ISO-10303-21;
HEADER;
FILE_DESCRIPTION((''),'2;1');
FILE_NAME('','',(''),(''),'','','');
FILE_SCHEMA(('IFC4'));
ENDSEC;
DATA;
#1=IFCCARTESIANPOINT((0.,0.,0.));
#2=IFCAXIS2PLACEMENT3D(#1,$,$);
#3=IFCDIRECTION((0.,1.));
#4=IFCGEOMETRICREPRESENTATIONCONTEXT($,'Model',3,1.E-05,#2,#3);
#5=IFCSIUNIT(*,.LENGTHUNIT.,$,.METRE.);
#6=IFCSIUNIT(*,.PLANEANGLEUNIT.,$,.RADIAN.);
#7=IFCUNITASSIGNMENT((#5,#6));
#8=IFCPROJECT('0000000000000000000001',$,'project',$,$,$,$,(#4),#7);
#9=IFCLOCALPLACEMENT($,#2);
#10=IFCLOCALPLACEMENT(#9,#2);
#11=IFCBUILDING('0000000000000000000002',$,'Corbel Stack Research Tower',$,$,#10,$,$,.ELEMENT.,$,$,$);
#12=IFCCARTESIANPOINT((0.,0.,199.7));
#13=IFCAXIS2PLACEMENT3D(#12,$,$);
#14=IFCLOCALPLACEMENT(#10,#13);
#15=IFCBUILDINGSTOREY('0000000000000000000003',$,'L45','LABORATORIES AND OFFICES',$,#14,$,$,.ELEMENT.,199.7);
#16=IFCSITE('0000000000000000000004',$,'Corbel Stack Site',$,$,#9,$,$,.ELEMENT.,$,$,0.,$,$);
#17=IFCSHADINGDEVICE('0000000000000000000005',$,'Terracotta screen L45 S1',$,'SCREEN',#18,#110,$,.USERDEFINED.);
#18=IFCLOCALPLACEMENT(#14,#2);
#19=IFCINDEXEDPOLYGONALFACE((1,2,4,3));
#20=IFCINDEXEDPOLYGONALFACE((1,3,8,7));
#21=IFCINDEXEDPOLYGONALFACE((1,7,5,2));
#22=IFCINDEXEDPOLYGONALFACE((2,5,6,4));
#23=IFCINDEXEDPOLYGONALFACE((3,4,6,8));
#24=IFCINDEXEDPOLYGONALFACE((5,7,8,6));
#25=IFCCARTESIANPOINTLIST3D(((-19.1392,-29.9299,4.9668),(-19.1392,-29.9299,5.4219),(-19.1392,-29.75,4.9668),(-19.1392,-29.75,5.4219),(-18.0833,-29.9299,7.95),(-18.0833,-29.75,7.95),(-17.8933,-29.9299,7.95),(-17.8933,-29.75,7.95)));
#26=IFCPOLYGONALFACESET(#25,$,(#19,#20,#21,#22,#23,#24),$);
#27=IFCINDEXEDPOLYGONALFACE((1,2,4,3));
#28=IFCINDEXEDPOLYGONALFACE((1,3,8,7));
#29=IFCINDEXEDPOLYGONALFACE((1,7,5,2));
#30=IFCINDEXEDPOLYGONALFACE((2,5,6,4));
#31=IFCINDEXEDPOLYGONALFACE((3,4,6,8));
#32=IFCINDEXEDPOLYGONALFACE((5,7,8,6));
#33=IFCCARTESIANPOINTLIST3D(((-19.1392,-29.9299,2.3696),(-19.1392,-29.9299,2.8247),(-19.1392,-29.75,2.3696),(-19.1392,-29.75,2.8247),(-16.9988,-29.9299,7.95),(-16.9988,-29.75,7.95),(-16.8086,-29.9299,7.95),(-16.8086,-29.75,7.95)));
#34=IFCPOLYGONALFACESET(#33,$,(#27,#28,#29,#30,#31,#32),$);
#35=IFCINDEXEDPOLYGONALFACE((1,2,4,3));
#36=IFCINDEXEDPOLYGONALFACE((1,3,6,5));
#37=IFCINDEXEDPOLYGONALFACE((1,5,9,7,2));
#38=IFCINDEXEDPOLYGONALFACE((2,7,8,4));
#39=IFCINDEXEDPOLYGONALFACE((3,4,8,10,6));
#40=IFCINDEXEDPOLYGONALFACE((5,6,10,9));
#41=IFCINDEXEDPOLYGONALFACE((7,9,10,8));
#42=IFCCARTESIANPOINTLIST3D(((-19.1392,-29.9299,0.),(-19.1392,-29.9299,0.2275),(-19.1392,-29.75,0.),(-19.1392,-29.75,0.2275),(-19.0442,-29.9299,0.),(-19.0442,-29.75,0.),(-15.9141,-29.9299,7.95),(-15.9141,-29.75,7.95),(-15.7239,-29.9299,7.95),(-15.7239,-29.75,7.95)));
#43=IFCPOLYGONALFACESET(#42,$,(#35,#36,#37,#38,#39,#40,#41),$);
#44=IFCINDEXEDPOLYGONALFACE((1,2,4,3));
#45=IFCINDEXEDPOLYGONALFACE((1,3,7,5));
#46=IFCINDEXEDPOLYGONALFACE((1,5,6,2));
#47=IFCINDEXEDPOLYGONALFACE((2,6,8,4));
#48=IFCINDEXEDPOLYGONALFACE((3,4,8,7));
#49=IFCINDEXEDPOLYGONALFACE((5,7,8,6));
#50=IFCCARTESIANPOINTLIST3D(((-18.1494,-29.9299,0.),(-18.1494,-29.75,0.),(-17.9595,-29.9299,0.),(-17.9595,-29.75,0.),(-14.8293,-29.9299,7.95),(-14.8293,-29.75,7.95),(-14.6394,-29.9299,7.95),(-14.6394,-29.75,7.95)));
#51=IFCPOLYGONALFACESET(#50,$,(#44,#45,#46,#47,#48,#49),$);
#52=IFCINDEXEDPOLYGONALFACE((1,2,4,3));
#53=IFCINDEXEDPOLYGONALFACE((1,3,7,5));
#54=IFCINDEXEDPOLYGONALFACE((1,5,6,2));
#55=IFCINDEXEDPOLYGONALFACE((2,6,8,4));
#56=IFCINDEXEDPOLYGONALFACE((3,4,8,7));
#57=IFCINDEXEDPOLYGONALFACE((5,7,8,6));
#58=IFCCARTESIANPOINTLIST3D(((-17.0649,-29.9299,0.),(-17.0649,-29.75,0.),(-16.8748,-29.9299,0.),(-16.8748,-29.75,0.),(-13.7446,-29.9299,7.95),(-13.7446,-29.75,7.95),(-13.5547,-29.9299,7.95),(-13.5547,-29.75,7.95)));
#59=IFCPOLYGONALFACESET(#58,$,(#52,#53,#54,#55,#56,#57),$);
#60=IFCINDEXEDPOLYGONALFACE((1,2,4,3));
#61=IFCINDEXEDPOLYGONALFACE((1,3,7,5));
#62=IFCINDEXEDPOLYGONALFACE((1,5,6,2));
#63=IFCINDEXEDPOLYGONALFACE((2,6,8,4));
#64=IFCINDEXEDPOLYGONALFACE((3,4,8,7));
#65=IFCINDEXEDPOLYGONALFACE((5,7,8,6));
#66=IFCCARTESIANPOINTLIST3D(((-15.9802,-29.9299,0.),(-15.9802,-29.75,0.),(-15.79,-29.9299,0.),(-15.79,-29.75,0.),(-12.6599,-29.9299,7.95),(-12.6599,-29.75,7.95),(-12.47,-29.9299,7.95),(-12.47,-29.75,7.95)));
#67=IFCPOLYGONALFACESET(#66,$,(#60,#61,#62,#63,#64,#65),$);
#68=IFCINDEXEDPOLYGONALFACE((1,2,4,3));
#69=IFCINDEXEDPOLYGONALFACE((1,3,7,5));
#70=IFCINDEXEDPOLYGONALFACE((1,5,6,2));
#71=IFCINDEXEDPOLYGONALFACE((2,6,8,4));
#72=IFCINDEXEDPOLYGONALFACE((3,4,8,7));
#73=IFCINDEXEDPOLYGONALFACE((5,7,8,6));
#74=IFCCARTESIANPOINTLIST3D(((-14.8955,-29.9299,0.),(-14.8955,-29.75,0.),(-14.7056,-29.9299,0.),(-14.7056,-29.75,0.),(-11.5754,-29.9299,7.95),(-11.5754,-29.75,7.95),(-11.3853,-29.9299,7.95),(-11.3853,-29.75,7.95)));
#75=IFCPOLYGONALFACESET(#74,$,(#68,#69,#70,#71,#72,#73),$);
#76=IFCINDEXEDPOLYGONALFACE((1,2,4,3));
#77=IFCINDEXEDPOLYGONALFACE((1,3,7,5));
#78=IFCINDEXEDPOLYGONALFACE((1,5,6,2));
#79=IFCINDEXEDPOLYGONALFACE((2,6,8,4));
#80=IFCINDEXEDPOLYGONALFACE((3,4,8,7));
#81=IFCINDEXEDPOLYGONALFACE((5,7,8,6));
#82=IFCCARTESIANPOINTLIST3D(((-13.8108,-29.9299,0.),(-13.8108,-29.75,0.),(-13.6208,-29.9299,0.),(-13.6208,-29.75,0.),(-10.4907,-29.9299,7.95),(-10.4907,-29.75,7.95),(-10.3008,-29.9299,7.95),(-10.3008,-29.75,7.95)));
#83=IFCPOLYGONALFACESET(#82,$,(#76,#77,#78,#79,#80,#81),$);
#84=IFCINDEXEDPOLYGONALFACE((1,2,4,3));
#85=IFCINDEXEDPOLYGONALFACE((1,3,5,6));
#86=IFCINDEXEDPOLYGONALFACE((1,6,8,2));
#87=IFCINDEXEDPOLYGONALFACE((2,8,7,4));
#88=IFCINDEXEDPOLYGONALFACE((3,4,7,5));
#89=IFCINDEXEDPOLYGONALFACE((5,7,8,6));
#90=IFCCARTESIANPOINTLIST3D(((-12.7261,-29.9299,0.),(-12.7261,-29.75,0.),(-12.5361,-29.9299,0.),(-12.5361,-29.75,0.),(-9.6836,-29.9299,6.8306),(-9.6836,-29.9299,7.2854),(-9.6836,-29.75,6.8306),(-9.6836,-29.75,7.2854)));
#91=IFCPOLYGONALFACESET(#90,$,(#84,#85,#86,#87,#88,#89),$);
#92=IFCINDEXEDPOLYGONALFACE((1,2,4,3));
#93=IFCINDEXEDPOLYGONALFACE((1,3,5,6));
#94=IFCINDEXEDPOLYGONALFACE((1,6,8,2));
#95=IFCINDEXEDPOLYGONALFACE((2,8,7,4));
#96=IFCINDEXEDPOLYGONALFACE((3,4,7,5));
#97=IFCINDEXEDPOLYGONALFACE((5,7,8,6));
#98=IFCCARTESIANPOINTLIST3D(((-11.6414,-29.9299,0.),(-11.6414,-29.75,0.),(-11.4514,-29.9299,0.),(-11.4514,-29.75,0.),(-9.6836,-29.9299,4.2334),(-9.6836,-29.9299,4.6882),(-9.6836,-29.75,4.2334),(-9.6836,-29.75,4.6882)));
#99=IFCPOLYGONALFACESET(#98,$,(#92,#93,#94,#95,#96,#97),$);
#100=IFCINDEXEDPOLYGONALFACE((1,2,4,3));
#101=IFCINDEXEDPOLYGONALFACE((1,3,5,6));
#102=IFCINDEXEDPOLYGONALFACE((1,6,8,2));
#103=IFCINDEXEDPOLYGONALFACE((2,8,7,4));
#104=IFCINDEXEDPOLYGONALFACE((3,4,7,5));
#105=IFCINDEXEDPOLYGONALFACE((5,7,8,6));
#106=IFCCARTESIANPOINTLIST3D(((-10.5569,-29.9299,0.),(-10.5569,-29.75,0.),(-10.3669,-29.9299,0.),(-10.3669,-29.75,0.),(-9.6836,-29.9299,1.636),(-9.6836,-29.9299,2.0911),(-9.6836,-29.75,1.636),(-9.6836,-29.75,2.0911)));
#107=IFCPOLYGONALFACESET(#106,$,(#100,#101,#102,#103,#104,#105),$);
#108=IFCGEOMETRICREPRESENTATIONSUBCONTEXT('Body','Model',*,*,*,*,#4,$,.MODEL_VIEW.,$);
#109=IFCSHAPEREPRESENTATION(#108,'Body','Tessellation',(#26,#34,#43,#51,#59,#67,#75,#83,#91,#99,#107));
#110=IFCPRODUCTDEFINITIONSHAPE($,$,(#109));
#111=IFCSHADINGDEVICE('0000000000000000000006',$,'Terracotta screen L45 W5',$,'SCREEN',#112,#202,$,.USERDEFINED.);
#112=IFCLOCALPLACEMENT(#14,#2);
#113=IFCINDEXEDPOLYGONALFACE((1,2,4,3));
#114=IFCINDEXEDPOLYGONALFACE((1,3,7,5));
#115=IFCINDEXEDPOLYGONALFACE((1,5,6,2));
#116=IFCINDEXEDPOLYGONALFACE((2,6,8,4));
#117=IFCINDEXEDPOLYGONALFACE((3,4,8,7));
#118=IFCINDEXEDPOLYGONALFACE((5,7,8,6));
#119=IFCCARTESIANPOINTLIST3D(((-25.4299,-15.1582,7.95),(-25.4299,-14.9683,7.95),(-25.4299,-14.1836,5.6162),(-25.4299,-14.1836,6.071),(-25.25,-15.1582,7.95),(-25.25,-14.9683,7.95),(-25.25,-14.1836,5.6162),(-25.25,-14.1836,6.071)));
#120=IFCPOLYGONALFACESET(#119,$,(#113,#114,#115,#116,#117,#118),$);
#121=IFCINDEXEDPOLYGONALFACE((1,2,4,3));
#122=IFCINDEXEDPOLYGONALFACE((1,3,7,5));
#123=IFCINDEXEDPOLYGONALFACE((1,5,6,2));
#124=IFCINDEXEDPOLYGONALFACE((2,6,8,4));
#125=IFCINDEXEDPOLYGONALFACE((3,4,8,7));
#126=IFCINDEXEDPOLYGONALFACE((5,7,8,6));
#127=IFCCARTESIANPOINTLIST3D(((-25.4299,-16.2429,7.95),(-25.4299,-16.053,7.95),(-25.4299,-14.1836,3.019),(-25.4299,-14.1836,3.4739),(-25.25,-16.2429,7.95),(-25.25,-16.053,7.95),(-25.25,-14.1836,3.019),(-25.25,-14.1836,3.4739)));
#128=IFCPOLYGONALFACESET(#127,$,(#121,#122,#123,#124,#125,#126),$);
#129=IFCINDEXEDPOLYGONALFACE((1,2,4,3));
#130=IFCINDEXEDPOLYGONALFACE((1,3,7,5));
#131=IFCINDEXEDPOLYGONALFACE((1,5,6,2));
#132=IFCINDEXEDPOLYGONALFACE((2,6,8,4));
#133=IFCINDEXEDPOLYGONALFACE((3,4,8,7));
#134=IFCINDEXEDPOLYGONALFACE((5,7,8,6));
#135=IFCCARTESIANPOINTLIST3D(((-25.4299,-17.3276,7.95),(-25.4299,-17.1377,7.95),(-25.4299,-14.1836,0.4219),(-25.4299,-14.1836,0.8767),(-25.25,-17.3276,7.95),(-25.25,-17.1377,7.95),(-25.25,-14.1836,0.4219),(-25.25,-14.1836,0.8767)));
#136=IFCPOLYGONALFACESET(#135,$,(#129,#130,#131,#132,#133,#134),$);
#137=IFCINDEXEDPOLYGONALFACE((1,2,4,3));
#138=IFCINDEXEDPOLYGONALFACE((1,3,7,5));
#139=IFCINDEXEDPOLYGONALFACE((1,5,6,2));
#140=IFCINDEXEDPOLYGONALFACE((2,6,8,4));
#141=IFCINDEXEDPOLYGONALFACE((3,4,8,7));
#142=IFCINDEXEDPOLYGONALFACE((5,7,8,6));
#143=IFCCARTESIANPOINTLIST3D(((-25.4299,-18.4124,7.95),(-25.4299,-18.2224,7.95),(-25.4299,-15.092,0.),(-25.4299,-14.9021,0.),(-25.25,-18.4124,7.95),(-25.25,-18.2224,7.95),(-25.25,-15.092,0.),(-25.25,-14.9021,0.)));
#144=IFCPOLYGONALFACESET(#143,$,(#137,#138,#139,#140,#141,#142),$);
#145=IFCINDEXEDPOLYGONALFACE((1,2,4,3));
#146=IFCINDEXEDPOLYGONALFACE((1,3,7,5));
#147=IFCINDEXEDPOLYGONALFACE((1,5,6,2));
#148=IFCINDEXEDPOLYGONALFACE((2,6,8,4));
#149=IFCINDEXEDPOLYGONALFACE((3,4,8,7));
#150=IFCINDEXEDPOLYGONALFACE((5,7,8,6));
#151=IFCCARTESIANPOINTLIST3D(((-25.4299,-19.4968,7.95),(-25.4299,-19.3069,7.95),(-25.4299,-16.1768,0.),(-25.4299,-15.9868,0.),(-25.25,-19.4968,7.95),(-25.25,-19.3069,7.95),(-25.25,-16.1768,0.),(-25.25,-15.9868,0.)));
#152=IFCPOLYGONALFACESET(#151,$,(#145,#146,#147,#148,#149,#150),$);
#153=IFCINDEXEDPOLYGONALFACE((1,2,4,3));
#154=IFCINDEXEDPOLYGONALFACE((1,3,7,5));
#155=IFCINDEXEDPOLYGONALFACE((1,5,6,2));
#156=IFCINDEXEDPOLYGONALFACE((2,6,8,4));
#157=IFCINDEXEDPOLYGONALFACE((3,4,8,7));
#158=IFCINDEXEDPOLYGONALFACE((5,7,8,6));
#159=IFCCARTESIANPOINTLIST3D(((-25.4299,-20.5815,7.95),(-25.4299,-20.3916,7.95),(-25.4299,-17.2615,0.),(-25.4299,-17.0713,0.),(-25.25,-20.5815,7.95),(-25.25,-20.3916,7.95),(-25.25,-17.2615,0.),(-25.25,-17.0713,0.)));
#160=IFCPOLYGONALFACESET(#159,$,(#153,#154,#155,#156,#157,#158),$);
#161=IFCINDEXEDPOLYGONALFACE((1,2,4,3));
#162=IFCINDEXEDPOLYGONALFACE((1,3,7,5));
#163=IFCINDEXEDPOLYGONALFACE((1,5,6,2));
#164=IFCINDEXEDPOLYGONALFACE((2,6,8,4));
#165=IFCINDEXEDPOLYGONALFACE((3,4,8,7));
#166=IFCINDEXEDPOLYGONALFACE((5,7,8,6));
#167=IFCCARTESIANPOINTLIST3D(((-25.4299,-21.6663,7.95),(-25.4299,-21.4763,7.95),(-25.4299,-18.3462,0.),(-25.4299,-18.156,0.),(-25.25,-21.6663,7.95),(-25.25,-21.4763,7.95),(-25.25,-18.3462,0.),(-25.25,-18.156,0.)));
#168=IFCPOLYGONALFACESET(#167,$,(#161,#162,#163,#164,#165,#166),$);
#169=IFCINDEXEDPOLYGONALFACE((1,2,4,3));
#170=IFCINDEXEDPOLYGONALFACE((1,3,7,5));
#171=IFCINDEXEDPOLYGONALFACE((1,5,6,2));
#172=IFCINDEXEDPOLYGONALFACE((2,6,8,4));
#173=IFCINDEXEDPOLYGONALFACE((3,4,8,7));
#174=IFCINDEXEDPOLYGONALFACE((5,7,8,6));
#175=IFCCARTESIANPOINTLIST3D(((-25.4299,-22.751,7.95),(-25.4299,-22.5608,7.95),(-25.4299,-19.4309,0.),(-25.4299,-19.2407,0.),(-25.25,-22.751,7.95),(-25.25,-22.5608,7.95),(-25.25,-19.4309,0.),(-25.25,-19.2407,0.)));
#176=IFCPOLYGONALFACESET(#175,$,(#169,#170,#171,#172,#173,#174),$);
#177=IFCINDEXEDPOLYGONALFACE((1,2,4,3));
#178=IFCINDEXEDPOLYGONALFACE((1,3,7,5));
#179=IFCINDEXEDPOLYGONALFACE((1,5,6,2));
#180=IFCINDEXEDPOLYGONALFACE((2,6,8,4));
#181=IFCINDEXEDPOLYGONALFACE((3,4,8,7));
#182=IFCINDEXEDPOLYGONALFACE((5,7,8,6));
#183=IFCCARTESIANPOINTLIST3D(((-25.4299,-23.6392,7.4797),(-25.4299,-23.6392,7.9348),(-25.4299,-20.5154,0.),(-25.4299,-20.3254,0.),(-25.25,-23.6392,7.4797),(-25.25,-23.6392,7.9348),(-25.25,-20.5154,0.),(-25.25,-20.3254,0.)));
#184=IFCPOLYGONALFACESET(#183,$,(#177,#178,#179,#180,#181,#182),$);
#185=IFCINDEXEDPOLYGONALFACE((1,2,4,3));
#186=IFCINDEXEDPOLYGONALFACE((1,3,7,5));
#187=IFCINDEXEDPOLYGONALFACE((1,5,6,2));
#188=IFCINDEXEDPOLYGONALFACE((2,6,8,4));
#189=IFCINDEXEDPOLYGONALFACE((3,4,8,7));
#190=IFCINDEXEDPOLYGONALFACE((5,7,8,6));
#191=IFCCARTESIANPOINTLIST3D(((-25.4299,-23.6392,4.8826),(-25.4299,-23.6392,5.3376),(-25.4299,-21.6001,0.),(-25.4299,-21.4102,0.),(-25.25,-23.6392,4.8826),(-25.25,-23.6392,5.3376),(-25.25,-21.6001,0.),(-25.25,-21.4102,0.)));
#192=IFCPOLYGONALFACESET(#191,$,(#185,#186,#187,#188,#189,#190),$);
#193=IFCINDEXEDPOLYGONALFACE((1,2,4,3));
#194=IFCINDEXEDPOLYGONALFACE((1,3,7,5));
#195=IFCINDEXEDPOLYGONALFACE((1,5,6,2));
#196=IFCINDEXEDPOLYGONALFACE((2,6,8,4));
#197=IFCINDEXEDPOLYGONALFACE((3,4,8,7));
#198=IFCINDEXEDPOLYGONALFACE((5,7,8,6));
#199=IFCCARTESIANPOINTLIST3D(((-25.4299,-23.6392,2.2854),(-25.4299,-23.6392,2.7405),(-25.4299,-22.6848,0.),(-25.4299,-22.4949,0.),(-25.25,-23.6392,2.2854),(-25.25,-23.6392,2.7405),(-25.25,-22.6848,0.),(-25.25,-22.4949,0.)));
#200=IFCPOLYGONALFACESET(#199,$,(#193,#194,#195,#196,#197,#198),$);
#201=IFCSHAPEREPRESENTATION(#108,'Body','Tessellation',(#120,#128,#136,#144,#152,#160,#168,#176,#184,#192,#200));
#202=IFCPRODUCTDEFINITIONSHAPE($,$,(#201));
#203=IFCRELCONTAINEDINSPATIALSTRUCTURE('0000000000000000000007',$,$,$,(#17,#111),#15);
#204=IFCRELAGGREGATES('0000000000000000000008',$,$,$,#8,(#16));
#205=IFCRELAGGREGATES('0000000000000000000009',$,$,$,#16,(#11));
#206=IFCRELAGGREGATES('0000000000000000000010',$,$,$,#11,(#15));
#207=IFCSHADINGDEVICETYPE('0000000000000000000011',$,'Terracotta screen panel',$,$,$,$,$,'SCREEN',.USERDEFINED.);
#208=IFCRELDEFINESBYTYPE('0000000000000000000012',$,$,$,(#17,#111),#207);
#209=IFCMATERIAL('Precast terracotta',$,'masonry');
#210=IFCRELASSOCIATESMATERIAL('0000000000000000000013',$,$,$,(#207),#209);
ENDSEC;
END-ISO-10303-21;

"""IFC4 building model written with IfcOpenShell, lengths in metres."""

from ifc_helpers import new_model, si_unit, direction, frame, origin, place, context, subcontext, project, spatial, polyline, outline, extrude, source, transform, mapped, material, type_object, element, save


model = new_model("IFC4")

# Units and contexts
model_context = context("Model", 3, precision=1e-05, world=origin(), true_north=direction((0.0, 1.0)))
body_context = subcontext(model_context, "Body", "Model", "MODEL_VIEW")
ifc_project = project(units=[si_unit("LENGTHUNIT", "METRE"), si_unit("PLANEANGLEUNIT", "RADIAN")], contexts=[model_context])

# Site, building, storey
site_placement = place(None, origin())
site = spatial("IfcSite", under=ifc_project, at=site_placement, Name="Corbel Stack Site", CompositionType="ELEMENT", RefElevation=0.0)
building_placement = place(site_placement, origin())
building = spatial("IfcBuilding", under=site, at=building_placement, Name="Corbel Stack Research Tower", CompositionType="ELEMENT")
storey_placement = place(building_placement, frame((0.0, 0.0, 199.7)))
storey = spatial("IfcBuildingStorey", under=building, at=storey_placement, Name="L45", Description="LABORATORIES AND OFFICES", CompositionType="ELEMENT", Elevation=199.7)

# Shading devices
ifc_material_1 = material(Name="Precast terracotta", Category="masonry")
shading_device_type = type_object("IfcShadingDeviceType", Name="Terracotta screen panel", ElementType="SCREEN", PredefinedType="USERDEFINED", material=ifc_material_1)
shared_shape_1 = source(origin(), body_context, "Body", "SweptSolid", [
    extrude(outline(polyline([(1.2458, 7.95), (1.0559, 7.95), (0.0, 5.4219), (0.0, 4.9668), (1.2458, 7.95)])), frame((0.0, 0.0, 0.0), z_axis=(0.0, -1.0, 0.0), x_axis=(1.0, 0.0, 0.0)), (0.0, 0.0, 1.0), 0.1799),
    extrude(outline(polyline([(2.3306, 7.95), (2.1404, 7.95), (0.0, 2.8247), (0.0, 2.3696), (2.3306, 7.95)])), frame((0.0, 0.0, 0.0), z_axis=(0.0, -1.0, 0.0), x_axis=(1.0, 0.0, 0.0)), (0.0, 0.0, 1.0), 0.1799),
    extrude(outline(polyline([(0.095, 0.0), (3.4153, 7.95), (3.2251, 7.95), (0.0, 0.2275), (0.0, 0.0), (0.095, 0.0)])), frame((0.0, 0.0, 0.0), z_axis=(0.0, -1.0, 0.0), x_axis=(1.0, 0.0, 0.0)), (0.0, 0.0, 1.0), 0.1799),
    extrude(outline(polyline([(1.1797, 0.0), (4.4998, 7.95), (4.3098, 7.95), (0.9897, 0.0), (1.1797, 0.0)])), frame((0.0, 0.0, 0.0), z_axis=(0.0, -1.0, 0.0), x_axis=(1.0, 0.0, 0.0)), (0.0, 0.0, 1.0), 0.1799),
    extrude(outline(polyline([(2.2644, 0.0), (5.5845, 7.95), (5.3945, 7.95), (2.0742, 0.0), (2.2644, 0.0)])), frame((0.0, 0.0, 0.0), z_axis=(0.0, -1.0, 0.0), x_axis=(1.0, 0.0, 0.0)), (0.0, 0.0, 1.0), 0.1799),
    extrude(outline(polyline([(3.3491, 0.0), (6.6692, 7.95), (6.4792, 7.95), (3.1589, 0.0), (3.3491, 0.0)])), frame((0.0, 0.0, 0.0), z_axis=(0.0, -1.0, 0.0), x_axis=(1.0, 0.0, 0.0)), (0.0, 0.0, 1.0), 0.1799),
    extrude(outline(polyline([(4.4336, 0.0), (7.7539, 7.95), (7.5637, 7.95), (4.2437, 0.0), (4.4336, 0.0)])), frame((0.0, 0.0, 0.0), z_axis=(0.0, -1.0, 0.0), x_axis=(1.0, 0.0, 0.0)), (0.0, 0.0, 1.0), 0.1799),
    extrude(outline(polyline([(5.5183, 0.0), (8.8384, 7.95), (8.6484, 7.95), (5.3284, 0.0), (5.5183, 0.0)])), frame((0.0, 0.0, 0.0), z_axis=(0.0, -1.0, 0.0), x_axis=(1.0, 0.0, 0.0)), (0.0, 0.0, 1.0), 0.1799),
    extrude(outline(polyline([(6.603, 0.0), (9.4556, 6.8306), (9.4556, 7.2854), (6.4131, 0.0), (6.603, 0.0)])), frame((0.0, 0.0, 0.0), z_axis=(0.0, -1.0, 0.0), x_axis=(1.0, 0.0, 0.0)), (0.0, 0.0, 1.0), 0.1799),
    extrude(outline(polyline([(7.6877, 0.0), (9.4556, 4.2334), (9.4556, 4.6882), (7.4978, 0.0), (7.6877, 0.0)])), frame((0.0, 0.0, 0.0), z_axis=(0.0, -1.0, 0.0), x_axis=(1.0, 0.0, 0.0)), (0.0, 0.0, 1.0), 0.1799),
    extrude(outline(polyline([(8.7722, 0.0), (9.4556, 1.636), (9.4556, 2.0911), (8.5823, 0.0), (8.7722, 0.0)])), frame((0.0, 0.0, 0.0), z_axis=(0.0, -1.0, 0.0), x_axis=(1.0, 0.0, 0.0)), (0.0, 0.0, 1.0), 0.1799),
])
shading_device_1_placement = place(storey_placement, frame((-19.1392, -29.75, 0.0), z_axis=(0.0, 0.0, 1.0), x_axis=(1.0, 0.0, 0.0)))
element("IfcShadingDevice", 1, at=shading_device_1_placement, inside=storey, type_object=shading_device_type, Name="Terracotta screen L45 S1", ObjectType="SCREEN", PredefinedType="USERDEFINED", context=body_context, shape_type="MappedRepresentation", body=[
    mapped(shared_shape_1, transform((0.0, 0.0, 0.0))),
])
shared_shape_2 = source(origin(), body_context, "Body", "SweptSolid", [
    extrude(outline(polyline([(0.9746, 7.95), (0.7847, 7.95), (0.0, 6.071), (0.0, 5.6162), (0.9746, 7.95)])), frame((0.0, 0.0, 0.0), z_axis=(0.0, -1.0, 0.0), x_axis=(1.0, 0.0, 0.0)), (0.0, 0.0, 1.0), 0.1799),
    extrude(outline(polyline([(2.0593, 7.95), (1.8694, 7.95), (0.0, 3.4739), (0.0, 3.019), (2.0593, 7.95)])), frame((0.0, 0.0, 0.0), z_axis=(0.0, -1.0, 0.0), x_axis=(1.0, 0.0, 0.0)), (0.0, 0.0, 1.0), 0.1799),
    extrude(outline(polyline([(3.144, 7.95), (2.9541, 7.95), (0.0, 0.8767), (0.0, 0.4219), (3.144, 7.95)])), frame((0.0, 0.0, 0.0), z_axis=(0.0, -1.0, 0.0), x_axis=(1.0, 0.0, 0.0)), (0.0, 0.0, 1.0), 0.1799),
    extrude(outline(polyline([(0.9084, 0.0), (4.2288, 7.95), (4.0388, 7.95), (0.7185, 0.0), (0.9084, 0.0)])), frame((0.0, 0.0, 0.0), z_axis=(0.0, -1.0, 0.0), x_axis=(1.0, 0.0, 0.0)), (0.0, 0.0, 1.0), 0.1799),
    extrude(outline(polyline([(1.9932, 0.0), (5.3132, 7.95), (5.1233, 7.95), (1.8032, 0.0), (1.9932, 0.0)])), frame((0.0, 0.0, 0.0), z_axis=(0.0, -1.0, 0.0), x_axis=(1.0, 0.0, 0.0)), (0.0, 0.0, 1.0), 0.1799),
    extrude(outline(polyline([(3.0779, 0.0), (6.3979, 7.95), (6.208, 7.95), (2.8877, 0.0), (3.0779, 0.0)])), frame((0.0, 0.0, 0.0), z_axis=(0.0, -1.0, 0.0), x_axis=(1.0, 0.0, 0.0)), (0.0, 0.0, 1.0), 0.1799),
    extrude(outline(polyline([(4.1626, 0.0), (7.4827, 7.95), (7.2927, 7.95), (3.9724, 0.0), (4.1626, 0.0)])), frame((0.0, 0.0, 0.0), z_axis=(0.0, -1.0, 0.0), x_axis=(1.0, 0.0, 0.0)), (0.0, 0.0, 1.0), 0.1799),
    extrude(outline(polyline([(5.2473, 0.0), (8.5674, 7.95), (8.3772, 7.95), (5.0571, 0.0), (5.2473, 0.0)])), frame((0.0, 0.0, 0.0), z_axis=(0.0, -1.0, 0.0), x_axis=(1.0, 0.0, 0.0)), (0.0, 0.0, 1.0), 0.1799),
    extrude(outline(polyline([(6.3318, 0.0), (9.4556, 7.4797), (9.4556, 7.9348), (6.1418, 0.0), (6.3318, 0.0)])), frame((0.0, 0.0, 0.0), z_axis=(0.0, -1.0, 0.0), x_axis=(1.0, 0.0, 0.0)), (0.0, 0.0, 1.0), 0.1799),
    extrude(outline(polyline([(7.4165, 0.0), (9.4556, 4.8826), (9.4556, 5.3376), (7.2266, 0.0), (7.4165, 0.0)])), frame((0.0, 0.0, 0.0), z_axis=(0.0, -1.0, 0.0), x_axis=(1.0, 0.0, 0.0)), (0.0, 0.0, 1.0), 0.1799),
    extrude(outline(polyline([(8.5012, 0.0), (9.4556, 2.2854), (9.4556, 2.7405), (8.3113, 0.0), (8.5012, 0.0)])), frame((0.0, 0.0, 0.0), z_axis=(0.0, -1.0, 0.0), x_axis=(1.0, 0.0, 0.0)), (0.0, 0.0, 1.0), 0.1799),
])
shading_device_2_placement = place(storey_placement, frame((-25.25, -14.1836, 0.0), z_axis=(0.0, 0.0, 1.0), x_axis=(0.0, -1.0, 0.0)))
element("IfcShadingDevice", 2, at=shading_device_2_placement, inside=storey, type_object=shading_device_type, Name="Terracotta screen L45 W5", ObjectType="SCREEN", PredefinedType="USERDEFINED", context=body_context, shape_type="MappedRepresentation", body=[
    mapped(shared_shape_2, transform((0.0, 0.0, 0.0))),
])

save(model, "model.ifc")
